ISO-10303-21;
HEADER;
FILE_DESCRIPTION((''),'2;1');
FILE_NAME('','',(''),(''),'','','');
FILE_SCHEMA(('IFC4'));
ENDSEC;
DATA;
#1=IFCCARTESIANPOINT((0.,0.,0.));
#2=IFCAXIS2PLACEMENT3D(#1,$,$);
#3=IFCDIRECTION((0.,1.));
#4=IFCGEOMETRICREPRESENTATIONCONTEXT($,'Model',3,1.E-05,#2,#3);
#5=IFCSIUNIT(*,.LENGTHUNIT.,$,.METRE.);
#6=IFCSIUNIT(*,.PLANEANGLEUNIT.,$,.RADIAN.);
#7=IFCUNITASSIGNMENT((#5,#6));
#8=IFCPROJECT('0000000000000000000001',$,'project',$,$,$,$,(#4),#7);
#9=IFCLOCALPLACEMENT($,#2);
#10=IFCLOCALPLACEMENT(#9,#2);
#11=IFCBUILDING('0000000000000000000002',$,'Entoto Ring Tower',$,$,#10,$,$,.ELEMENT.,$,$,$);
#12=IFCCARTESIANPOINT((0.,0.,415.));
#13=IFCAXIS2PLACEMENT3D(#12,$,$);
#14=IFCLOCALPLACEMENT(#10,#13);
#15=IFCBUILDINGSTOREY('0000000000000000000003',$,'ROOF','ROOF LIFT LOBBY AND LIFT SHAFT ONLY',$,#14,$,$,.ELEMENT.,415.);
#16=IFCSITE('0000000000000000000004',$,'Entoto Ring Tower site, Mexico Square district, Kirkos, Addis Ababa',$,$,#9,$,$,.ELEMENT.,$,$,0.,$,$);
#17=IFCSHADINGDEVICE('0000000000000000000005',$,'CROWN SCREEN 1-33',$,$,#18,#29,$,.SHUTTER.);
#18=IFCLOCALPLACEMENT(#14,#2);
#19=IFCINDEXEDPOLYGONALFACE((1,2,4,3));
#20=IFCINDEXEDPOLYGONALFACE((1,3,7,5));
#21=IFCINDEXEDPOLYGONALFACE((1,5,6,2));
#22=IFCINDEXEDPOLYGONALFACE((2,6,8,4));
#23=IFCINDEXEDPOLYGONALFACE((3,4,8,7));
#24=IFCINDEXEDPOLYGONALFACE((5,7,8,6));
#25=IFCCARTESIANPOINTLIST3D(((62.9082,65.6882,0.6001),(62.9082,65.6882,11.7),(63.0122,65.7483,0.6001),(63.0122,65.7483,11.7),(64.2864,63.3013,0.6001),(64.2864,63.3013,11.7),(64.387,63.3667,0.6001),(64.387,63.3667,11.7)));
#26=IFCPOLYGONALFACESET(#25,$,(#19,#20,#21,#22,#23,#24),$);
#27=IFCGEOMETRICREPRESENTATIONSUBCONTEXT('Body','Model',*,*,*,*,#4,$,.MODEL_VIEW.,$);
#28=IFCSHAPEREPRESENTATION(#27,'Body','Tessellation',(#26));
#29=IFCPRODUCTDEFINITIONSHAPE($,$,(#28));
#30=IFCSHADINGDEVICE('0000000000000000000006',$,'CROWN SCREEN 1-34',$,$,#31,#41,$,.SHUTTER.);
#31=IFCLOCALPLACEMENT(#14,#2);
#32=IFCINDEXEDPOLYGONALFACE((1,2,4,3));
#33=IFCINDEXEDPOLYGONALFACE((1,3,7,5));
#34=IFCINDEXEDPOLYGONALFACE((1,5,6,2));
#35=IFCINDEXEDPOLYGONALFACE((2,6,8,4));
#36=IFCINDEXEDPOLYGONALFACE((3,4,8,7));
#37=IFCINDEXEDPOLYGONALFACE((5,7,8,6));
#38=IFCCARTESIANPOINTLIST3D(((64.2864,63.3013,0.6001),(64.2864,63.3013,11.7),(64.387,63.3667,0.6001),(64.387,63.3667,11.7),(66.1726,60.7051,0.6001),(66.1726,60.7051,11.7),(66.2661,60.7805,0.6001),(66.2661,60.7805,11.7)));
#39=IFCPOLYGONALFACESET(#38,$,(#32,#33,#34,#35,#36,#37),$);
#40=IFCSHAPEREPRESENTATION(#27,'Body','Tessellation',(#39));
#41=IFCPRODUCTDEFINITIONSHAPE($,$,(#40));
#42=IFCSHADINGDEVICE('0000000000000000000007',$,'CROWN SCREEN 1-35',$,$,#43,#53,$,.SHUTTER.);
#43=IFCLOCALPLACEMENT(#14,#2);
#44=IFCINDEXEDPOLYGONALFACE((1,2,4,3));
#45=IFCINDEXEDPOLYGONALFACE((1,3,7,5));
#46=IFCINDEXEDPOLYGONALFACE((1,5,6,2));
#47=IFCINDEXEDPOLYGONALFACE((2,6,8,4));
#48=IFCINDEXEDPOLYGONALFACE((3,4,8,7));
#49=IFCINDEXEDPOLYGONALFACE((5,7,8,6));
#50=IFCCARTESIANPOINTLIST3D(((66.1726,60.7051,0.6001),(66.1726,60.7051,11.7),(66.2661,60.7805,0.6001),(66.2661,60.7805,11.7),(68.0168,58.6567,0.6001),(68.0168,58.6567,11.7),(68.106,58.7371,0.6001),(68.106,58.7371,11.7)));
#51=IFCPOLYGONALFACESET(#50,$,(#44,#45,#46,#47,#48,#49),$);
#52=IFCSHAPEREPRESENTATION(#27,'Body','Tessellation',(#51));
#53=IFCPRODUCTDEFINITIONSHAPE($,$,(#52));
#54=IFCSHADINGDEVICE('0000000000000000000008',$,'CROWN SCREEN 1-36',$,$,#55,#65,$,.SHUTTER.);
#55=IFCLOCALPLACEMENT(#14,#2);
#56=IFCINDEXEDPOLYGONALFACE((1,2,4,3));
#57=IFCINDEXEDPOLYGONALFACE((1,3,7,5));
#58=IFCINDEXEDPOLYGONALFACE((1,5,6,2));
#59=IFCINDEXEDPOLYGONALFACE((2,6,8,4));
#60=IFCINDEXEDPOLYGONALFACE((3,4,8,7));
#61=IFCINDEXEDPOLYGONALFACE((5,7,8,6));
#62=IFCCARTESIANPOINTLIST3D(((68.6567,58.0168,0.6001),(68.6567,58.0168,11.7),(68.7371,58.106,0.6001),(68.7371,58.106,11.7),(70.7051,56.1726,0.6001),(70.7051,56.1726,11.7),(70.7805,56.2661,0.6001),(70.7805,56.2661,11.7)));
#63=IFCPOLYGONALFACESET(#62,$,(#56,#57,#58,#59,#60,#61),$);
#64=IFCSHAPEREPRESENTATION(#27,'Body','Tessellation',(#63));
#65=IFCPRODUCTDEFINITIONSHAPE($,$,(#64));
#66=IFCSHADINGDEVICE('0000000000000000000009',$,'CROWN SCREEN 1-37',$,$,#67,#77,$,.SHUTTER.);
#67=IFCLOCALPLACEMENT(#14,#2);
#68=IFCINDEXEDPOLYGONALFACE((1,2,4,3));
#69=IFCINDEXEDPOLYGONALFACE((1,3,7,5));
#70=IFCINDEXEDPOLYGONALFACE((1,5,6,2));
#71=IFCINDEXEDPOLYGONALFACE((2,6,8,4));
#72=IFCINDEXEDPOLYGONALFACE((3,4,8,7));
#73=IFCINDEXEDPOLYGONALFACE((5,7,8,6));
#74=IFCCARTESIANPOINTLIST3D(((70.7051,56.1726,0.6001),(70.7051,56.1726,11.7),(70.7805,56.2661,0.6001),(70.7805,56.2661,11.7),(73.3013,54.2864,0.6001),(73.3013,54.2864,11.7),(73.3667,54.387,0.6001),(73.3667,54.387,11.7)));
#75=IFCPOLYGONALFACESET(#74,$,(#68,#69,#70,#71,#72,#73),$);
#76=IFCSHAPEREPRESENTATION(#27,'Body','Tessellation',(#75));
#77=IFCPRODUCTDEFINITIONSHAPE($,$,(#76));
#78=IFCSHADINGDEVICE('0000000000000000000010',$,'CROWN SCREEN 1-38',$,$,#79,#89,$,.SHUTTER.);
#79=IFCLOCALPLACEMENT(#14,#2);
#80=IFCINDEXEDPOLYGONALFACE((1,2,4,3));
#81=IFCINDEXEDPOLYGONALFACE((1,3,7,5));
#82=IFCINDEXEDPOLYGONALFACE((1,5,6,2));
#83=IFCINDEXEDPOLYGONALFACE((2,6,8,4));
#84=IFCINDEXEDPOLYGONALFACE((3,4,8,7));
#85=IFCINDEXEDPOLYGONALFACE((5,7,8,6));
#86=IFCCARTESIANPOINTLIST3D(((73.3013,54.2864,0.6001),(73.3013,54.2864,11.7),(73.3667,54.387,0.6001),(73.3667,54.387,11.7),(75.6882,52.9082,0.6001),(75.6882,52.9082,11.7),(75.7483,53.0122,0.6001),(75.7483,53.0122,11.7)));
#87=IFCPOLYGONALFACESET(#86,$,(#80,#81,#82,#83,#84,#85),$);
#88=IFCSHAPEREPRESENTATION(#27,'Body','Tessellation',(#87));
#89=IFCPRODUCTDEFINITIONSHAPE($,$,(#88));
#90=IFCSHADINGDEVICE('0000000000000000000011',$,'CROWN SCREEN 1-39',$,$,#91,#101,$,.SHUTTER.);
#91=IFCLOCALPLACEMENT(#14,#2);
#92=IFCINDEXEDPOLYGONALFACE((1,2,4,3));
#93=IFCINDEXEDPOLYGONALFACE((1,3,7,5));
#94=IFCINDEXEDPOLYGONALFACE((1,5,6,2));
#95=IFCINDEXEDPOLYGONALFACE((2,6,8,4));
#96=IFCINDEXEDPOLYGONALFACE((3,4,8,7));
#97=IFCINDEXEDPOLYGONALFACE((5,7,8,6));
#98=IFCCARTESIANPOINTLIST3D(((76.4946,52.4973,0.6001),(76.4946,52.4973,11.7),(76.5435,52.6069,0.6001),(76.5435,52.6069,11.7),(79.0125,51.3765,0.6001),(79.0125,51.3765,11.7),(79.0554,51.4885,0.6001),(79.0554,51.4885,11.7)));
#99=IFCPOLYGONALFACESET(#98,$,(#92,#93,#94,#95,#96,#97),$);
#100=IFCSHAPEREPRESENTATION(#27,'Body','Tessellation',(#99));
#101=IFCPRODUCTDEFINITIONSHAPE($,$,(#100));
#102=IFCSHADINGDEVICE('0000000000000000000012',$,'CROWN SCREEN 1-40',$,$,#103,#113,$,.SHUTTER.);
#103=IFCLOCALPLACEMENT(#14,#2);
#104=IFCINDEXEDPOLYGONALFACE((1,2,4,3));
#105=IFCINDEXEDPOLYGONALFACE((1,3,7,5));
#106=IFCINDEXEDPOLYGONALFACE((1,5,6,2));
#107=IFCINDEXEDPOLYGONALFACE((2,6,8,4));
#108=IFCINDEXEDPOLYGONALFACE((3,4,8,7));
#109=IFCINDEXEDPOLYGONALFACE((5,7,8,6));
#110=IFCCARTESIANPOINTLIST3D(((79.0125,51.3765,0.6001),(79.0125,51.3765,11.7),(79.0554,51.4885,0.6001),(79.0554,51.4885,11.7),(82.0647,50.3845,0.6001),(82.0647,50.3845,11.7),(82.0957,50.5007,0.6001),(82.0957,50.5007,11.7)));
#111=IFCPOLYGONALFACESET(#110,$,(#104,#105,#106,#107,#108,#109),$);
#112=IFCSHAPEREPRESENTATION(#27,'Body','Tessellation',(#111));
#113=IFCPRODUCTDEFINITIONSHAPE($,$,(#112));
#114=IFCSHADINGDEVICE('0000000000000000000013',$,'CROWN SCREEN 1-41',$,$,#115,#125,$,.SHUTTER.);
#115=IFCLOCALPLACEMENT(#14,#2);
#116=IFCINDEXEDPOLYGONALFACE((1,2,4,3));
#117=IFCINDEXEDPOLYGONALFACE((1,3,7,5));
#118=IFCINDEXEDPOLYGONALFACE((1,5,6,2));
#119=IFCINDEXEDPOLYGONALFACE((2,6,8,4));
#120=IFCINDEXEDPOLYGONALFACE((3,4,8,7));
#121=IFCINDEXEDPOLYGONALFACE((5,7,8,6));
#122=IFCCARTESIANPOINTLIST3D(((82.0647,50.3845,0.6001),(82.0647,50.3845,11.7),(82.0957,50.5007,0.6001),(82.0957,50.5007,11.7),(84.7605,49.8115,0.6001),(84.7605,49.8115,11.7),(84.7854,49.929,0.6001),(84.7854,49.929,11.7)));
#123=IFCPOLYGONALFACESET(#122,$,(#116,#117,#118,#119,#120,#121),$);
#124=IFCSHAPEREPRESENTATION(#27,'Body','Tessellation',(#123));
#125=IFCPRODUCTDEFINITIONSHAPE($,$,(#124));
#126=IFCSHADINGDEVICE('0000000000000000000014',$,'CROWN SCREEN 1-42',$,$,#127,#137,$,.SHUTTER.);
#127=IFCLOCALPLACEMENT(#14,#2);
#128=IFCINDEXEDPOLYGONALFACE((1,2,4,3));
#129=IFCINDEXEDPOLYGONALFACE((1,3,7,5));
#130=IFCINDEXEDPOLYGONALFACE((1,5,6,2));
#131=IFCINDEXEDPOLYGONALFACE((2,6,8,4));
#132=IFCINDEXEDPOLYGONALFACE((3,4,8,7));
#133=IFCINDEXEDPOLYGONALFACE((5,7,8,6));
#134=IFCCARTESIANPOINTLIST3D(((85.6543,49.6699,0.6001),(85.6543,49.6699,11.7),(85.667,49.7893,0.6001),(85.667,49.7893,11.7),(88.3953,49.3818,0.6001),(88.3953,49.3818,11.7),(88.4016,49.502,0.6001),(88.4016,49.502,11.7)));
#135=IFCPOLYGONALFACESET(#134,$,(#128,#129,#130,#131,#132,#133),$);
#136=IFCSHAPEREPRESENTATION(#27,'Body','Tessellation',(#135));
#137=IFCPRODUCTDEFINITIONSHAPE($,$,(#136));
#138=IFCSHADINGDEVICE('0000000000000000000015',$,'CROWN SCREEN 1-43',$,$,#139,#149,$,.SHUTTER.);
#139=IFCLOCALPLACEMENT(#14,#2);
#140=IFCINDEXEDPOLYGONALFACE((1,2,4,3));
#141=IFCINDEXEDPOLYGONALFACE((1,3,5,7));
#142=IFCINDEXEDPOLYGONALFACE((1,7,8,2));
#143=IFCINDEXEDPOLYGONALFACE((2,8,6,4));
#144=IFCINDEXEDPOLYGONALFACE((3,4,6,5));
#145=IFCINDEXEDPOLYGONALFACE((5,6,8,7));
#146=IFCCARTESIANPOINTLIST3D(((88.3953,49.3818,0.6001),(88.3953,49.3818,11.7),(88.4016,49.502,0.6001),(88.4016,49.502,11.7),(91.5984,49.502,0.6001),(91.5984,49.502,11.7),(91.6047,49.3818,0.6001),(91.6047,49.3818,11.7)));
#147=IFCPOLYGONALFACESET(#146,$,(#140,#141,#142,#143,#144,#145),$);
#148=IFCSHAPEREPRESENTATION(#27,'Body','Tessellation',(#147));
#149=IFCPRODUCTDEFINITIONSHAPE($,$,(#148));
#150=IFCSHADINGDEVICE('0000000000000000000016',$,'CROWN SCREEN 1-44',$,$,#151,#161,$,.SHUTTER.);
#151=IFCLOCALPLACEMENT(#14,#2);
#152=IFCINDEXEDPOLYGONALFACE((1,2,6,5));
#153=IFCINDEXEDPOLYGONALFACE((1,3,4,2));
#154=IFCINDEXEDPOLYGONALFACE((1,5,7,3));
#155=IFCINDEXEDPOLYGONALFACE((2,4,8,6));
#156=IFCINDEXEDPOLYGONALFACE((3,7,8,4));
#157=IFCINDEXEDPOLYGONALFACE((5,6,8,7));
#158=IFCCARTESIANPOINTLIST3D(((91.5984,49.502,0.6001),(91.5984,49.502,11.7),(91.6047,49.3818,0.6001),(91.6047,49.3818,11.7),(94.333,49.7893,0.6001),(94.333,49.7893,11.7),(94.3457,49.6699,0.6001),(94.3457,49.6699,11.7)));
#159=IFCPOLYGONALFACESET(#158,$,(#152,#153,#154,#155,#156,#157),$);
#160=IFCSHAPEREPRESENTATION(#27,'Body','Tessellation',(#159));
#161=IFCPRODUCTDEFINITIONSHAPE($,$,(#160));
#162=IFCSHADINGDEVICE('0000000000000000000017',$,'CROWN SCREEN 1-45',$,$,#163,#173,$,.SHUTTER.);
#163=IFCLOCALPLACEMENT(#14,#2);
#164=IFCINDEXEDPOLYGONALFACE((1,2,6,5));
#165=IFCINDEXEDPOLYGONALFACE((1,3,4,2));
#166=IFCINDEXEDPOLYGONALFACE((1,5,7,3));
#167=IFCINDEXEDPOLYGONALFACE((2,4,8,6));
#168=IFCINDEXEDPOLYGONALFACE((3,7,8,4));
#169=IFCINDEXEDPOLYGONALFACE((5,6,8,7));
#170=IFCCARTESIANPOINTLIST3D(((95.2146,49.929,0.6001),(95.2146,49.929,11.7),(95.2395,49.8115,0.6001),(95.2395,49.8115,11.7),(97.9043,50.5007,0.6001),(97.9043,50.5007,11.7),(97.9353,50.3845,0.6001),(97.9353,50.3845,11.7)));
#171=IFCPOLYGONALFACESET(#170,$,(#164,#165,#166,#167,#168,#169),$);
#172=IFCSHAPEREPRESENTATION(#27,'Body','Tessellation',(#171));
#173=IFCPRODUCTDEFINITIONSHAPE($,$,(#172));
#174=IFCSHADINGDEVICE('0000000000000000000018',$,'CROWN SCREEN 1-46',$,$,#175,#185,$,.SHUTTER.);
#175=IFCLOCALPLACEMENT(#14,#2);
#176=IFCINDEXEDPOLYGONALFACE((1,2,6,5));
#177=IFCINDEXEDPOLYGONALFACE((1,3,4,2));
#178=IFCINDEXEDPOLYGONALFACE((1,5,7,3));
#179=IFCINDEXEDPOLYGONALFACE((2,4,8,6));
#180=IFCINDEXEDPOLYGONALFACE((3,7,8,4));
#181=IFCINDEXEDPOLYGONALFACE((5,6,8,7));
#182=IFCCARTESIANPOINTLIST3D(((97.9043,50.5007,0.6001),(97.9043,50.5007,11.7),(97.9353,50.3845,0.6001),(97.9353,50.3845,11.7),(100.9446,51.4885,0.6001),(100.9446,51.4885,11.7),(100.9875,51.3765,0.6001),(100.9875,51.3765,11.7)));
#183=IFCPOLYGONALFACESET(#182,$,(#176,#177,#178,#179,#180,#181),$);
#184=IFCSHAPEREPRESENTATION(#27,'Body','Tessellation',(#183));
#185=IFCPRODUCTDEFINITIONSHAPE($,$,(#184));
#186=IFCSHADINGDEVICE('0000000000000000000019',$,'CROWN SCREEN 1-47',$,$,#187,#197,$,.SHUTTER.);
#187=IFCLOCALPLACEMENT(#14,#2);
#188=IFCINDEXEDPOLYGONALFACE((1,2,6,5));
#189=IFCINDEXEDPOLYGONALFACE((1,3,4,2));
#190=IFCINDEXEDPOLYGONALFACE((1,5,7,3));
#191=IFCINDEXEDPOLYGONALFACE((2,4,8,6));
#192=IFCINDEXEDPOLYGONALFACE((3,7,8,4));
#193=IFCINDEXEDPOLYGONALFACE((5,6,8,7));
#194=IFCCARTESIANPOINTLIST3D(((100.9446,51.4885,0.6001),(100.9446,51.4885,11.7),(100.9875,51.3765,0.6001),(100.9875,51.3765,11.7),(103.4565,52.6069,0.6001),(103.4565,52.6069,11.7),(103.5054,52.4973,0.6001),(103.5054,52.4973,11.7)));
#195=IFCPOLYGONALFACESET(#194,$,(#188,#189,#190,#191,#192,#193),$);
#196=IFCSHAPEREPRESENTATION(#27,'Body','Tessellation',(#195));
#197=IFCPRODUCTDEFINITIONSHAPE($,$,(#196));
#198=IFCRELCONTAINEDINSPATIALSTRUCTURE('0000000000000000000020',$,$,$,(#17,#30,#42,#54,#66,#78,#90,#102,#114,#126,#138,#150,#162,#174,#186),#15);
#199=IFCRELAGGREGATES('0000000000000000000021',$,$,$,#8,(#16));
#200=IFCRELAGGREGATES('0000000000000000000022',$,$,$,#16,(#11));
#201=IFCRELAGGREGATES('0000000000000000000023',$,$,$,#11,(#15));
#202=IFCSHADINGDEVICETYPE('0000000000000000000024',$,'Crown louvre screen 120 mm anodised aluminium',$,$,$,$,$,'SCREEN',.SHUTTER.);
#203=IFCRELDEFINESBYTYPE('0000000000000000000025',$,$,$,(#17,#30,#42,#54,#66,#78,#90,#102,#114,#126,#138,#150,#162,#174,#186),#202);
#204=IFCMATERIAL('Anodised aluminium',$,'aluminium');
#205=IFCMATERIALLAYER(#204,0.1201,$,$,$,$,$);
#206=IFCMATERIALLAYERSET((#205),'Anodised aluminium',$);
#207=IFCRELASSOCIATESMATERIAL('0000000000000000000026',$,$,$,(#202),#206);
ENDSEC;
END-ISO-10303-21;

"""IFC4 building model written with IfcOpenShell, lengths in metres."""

from ifc_helpers import new_model, si_unit, direction, frame, origin, place, context, subcontext, project, spatial, polyline, outline, extrude, material, layer, layer_set, type_object, element, save


model = new_model("IFC4")

# Units and contexts
model_context = context("Model", 3, precision=1e-05, world=origin(), true_north=direction((0.0, 1.0)))
body_context = subcontext(model_context, "Body", "Model", "MODEL_VIEW")
ifc_project = project(units=[si_unit("LENGTHUNIT", "METRE"), si_unit("PLANEANGLEUNIT", "RADIAN")], contexts=[model_context])

# Site, building, storey
site_placement = place(None, origin())
site = spatial("IfcSite", under=ifc_project, at=site_placement, Name="Entoto Ring Tower site, Mexico Square district, Kirkos, Addis Ababa", CompositionType="ELEMENT", RefElevation=0.0)
building_placement = place(site_placement, origin())
building = spatial("IfcBuilding", under=site, at=building_placement, Name="Entoto Ring Tower", CompositionType="ELEMENT")
storey_placement = place(building_placement, frame((0.0, 0.0, 415.0)))
storey = spatial("IfcBuildingStorey", under=building, at=storey_placement, Name="ROOF", Description="ROOF LIFT LOBBY AND LIFT SHAFT ONLY", CompositionType="ELEMENT", Elevation=415.0)

# Shading devices
ifc_material = material(Name="Anodised aluminium", Category="aluminium")
ifc_layer = layer(ifc_material, 0.1201)
ifc_layer_set = layer_set([ifc_layer], Name="Anodised aluminium")
shading_device_type = type_object("IfcShadingDeviceType", Name="Crown louvre screen 120 mm anodised aluminium", ElementType="SCREEN", PredefinedType="SHUTTER", material=ifc_layer_set)
shading_device_1_placement = place(storey_placement, frame((0.0, 0.0, 0.6001)))
element("IfcShadingDevice", 1, at=shading_device_1_placement, inside=storey, type_object=shading_device_type, Name="CROWN SCREEN 1-33", PredefinedType="SHUTTER", context=body_context, shape_type="SweptSolid", body=[
    extrude(outline(polyline([(63.0122, 65.7483), (62.9082, 65.6882), (64.2864, 63.3013), (64.387, 63.3667), (63.0122, 65.7483)])), origin(), (0.0, 0.0, 1.0), 11.0999),
])
shading_device_2_placement = place(storey_placement, frame((0.0, 0.0, 0.6001)))
element("IfcShadingDevice", 2, at=shading_device_2_placement, inside=storey, type_object=shading_device_type, Name="CROWN SCREEN 1-34", PredefinedType="SHUTTER", context=body_context, shape_type="SweptSolid", body=[
    extrude(outline(polyline([(64.387, 63.3667), (64.2864, 63.3013), (66.1726, 60.7051), (66.2661, 60.7805), (64.387, 63.3667)])), origin(), (0.0, 0.0, 1.0), 11.0999),
])
shading_device_3_placement = place(storey_placement, frame((0.0, 0.0, 0.6001)))
element("IfcShadingDevice", 3, at=shading_device_3_placement, inside=storey, type_object=shading_device_type, Name="CROWN SCREEN 1-35", PredefinedType="SHUTTER", context=body_context, shape_type="SweptSolid", body=[
    extrude(outline(polyline([(66.2661, 60.7805), (66.1726, 60.7051), (68.0168, 58.6567), (68.106, 58.7371), (66.2661, 60.7805)])), origin(), (0.0, 0.0, 1.0), 11.0999),
])
shading_device_4_placement = place(storey_placement, frame((0.0, 0.0, 0.6001)))
element("IfcShadingDevice", 4, at=shading_device_4_placement, inside=storey, type_object=shading_device_type, Name="CROWN SCREEN 1-36", PredefinedType="SHUTTER", context=body_context, shape_type="SweptSolid", body=[
    extrude(outline(polyline([(68.7371, 58.106), (68.6567, 58.0168), (70.7051, 56.1726), (70.7805, 56.2661), (68.7371, 58.106)])), origin(), (0.0, 0.0, 1.0), 11.0999),
])
shading_device_5_placement = place(storey_placement, frame((0.0, 0.0, 0.6001)))
element("IfcShadingDevice", 5, at=shading_device_5_placement, inside=storey, type_object=shading_device_type, Name="CROWN SCREEN 1-37", PredefinedType="SHUTTER", context=body_context, shape_type="SweptSolid", body=[
    extrude(outline(polyline([(70.7805, 56.2661), (70.7051, 56.1726), (73.3013, 54.2864), (73.3667, 54.387), (70.7805, 56.2661)])), origin(), (0.0, 0.0, 1.0), 11.0999),
])
shading_device_6_placement = place(storey_placement, frame((0.0, 0.0, 0.6001)))
element("IfcShadingDevice", 6, at=shading_device_6_placement, inside=storey, type_object=shading_device_type, Name="CROWN SCREEN 1-38", PredefinedType="SHUTTER", context=body_context, shape_type="SweptSolid", body=[
    extrude(outline(polyline([(73.3667, 54.387), (73.3013, 54.2864), (75.6882, 52.9082), (75.7483, 53.0122), (73.3667, 54.387)])), origin(), (0.0, 0.0, 1.0), 11.0999),
])
shading_device_7_placement = place(storey_placement, frame((0.0, 0.0, 0.6001)))
element("IfcShadingDevice", 7, at=shading_device_7_placement, inside=storey, type_object=shading_device_type, Name="CROWN SCREEN 1-39", PredefinedType="SHUTTER", context=body_context, shape_type="SweptSolid", body=[
    extrude(outline(polyline([(76.5435, 52.6069), (76.4946, 52.4973), (79.0125, 51.3765), (79.0554, 51.4885), (76.5435, 52.6069)])), origin(), (0.0, 0.0, 1.0), 11.0999),
])
shading_device_8_placement = place(storey_placement, frame((0.0, 0.0, 0.6001)))
element("IfcShadingDevice", 8, at=shading_device_8_placement, inside=storey, type_object=shading_device_type, Name="CROWN SCREEN 1-40", PredefinedType="SHUTTER", context=body_context, shape_type="SweptSolid", body=[
    extrude(outline(polyline([(79.0554, 51.4885), (79.0125, 51.3765), (82.0647, 50.3845), (82.0957, 50.5007), (79.0554, 51.4885)])), origin(), (0.0, 0.0, 1.0), 11.0999),
])
shading_device_9_placement = place(storey_placement, frame((0.0, 0.0, 0.6001)))
element("IfcShadingDevice", 9, at=shading_device_9_placement, inside=storey, type_object=shading_device_type, Name="CROWN SCREEN 1-41", PredefinedType="SHUTTER", context=body_context, shape_type="SweptSolid", body=[
    extrude(outline(polyline([(82.0957, 50.5007), (82.0647, 50.3845), (84.7605, 49.8115), (84.7854, 49.929), (82.0957, 50.5007)])), origin(), (0.0, 0.0, 1.0), 11.0999),
])
shading_device_10_placement = place(storey_placement, frame((0.0, 0.0, 0.6001)))
element("IfcShadingDevice", 10, at=shading_device_10_placement, inside=storey, type_object=shading_device_type, Name="CROWN SCREEN 1-42", PredefinedType="SHUTTER", context=body_context, shape_type="SweptSolid", body=[
    extrude(outline(polyline([(85.667, 49.7893), (85.6543, 49.6699), (88.3953, 49.3818), (88.4016, 49.502), (85.667, 49.7893)])), origin(), (0.0, 0.0, 1.0), 11.0999),
])
shading_device_11_placement = place(storey_placement, frame((0.0, 0.0, 0.6001)))
element("IfcShadingDevice", 11, at=shading_device_11_placement, inside=storey, type_object=shading_device_type, Name="CROWN SCREEN 1-43", PredefinedType="SHUTTER", context=body_context, shape_type="SweptSolid", body=[
    extrude(outline(polyline([(88.4016, 49.502), (88.3953, 49.3818), (91.6047, 49.3818), (91.5984, 49.502), (88.4016, 49.502)])), origin(), (0.0, 0.0, 1.0), 11.0999),
])
shading_device_12_placement = place(storey_placement, frame((0.0, 0.0, 0.6001)))
element("IfcShadingDevice", 12, at=shading_device_12_placement, inside=storey, type_object=shading_device_type, Name="CROWN SCREEN 1-44", PredefinedType="SHUTTER", context=body_context, shape_type="SweptSolid", body=[
    extrude(outline(polyline([(91.5984, 49.502), (91.6047, 49.3818), (94.3457, 49.6699), (94.333, 49.7893), (91.5984, 49.502)])), origin(), (0.0, 0.0, 1.0), 11.0999),
])
shading_device_13_placement = place(storey_placement, frame((0.0, 0.0, 0.6001)))
element("IfcShadingDevice", 13, at=shading_device_13_placement, inside=storey, type_object=shading_device_type, Name="CROWN SCREEN 1-45", PredefinedType="SHUTTER", context=body_context, shape_type="SweptSolid", body=[
    extrude(outline(polyline([(95.2146, 49.929), (95.2395, 49.8115), (97.9353, 50.3845), (97.9043, 50.5007), (95.2146, 49.929)])), origin(), (0.0, 0.0, 1.0), 11.0999),
])
shading_device_14_placement = place(storey_placement, frame((0.0, 0.0, 0.6001)))
element("IfcShadingDevice", 14, at=shading_device_14_placement, inside=storey, type_object=shading_device_type, Name="CROWN SCREEN 1-46", PredefinedType="SHUTTER", context=body_context, shape_type="SweptSolid", body=[
    extrude(outline(polyline([(97.9043, 50.5007), (97.9353, 50.3845), (100.9875, 51.3765), (100.9446, 51.4885), (97.9043, 50.5007)])), origin(), (0.0, 0.0, 1.0), 11.0999),
])
shading_device_15_placement = place(storey_placement, frame((0.0, 0.0, 0.6001)))
element("IfcShadingDevice", 15, at=shading_device_15_placement, inside=storey, type_object=shading_device_type, Name="CROWN SCREEN 1-47", PredefinedType="SHUTTER", context=body_context, shape_type="SweptSolid", body=[
    extrude(outline(polyline([(100.9446, 51.4885), (100.9875, 51.3765), (103.5054, 52.4973), (103.4565, 52.6069), (100.9446, 51.4885)])), origin(), (0.0, 0.0, 1.0), 11.0999),
])

save(model, "model.ifc")
